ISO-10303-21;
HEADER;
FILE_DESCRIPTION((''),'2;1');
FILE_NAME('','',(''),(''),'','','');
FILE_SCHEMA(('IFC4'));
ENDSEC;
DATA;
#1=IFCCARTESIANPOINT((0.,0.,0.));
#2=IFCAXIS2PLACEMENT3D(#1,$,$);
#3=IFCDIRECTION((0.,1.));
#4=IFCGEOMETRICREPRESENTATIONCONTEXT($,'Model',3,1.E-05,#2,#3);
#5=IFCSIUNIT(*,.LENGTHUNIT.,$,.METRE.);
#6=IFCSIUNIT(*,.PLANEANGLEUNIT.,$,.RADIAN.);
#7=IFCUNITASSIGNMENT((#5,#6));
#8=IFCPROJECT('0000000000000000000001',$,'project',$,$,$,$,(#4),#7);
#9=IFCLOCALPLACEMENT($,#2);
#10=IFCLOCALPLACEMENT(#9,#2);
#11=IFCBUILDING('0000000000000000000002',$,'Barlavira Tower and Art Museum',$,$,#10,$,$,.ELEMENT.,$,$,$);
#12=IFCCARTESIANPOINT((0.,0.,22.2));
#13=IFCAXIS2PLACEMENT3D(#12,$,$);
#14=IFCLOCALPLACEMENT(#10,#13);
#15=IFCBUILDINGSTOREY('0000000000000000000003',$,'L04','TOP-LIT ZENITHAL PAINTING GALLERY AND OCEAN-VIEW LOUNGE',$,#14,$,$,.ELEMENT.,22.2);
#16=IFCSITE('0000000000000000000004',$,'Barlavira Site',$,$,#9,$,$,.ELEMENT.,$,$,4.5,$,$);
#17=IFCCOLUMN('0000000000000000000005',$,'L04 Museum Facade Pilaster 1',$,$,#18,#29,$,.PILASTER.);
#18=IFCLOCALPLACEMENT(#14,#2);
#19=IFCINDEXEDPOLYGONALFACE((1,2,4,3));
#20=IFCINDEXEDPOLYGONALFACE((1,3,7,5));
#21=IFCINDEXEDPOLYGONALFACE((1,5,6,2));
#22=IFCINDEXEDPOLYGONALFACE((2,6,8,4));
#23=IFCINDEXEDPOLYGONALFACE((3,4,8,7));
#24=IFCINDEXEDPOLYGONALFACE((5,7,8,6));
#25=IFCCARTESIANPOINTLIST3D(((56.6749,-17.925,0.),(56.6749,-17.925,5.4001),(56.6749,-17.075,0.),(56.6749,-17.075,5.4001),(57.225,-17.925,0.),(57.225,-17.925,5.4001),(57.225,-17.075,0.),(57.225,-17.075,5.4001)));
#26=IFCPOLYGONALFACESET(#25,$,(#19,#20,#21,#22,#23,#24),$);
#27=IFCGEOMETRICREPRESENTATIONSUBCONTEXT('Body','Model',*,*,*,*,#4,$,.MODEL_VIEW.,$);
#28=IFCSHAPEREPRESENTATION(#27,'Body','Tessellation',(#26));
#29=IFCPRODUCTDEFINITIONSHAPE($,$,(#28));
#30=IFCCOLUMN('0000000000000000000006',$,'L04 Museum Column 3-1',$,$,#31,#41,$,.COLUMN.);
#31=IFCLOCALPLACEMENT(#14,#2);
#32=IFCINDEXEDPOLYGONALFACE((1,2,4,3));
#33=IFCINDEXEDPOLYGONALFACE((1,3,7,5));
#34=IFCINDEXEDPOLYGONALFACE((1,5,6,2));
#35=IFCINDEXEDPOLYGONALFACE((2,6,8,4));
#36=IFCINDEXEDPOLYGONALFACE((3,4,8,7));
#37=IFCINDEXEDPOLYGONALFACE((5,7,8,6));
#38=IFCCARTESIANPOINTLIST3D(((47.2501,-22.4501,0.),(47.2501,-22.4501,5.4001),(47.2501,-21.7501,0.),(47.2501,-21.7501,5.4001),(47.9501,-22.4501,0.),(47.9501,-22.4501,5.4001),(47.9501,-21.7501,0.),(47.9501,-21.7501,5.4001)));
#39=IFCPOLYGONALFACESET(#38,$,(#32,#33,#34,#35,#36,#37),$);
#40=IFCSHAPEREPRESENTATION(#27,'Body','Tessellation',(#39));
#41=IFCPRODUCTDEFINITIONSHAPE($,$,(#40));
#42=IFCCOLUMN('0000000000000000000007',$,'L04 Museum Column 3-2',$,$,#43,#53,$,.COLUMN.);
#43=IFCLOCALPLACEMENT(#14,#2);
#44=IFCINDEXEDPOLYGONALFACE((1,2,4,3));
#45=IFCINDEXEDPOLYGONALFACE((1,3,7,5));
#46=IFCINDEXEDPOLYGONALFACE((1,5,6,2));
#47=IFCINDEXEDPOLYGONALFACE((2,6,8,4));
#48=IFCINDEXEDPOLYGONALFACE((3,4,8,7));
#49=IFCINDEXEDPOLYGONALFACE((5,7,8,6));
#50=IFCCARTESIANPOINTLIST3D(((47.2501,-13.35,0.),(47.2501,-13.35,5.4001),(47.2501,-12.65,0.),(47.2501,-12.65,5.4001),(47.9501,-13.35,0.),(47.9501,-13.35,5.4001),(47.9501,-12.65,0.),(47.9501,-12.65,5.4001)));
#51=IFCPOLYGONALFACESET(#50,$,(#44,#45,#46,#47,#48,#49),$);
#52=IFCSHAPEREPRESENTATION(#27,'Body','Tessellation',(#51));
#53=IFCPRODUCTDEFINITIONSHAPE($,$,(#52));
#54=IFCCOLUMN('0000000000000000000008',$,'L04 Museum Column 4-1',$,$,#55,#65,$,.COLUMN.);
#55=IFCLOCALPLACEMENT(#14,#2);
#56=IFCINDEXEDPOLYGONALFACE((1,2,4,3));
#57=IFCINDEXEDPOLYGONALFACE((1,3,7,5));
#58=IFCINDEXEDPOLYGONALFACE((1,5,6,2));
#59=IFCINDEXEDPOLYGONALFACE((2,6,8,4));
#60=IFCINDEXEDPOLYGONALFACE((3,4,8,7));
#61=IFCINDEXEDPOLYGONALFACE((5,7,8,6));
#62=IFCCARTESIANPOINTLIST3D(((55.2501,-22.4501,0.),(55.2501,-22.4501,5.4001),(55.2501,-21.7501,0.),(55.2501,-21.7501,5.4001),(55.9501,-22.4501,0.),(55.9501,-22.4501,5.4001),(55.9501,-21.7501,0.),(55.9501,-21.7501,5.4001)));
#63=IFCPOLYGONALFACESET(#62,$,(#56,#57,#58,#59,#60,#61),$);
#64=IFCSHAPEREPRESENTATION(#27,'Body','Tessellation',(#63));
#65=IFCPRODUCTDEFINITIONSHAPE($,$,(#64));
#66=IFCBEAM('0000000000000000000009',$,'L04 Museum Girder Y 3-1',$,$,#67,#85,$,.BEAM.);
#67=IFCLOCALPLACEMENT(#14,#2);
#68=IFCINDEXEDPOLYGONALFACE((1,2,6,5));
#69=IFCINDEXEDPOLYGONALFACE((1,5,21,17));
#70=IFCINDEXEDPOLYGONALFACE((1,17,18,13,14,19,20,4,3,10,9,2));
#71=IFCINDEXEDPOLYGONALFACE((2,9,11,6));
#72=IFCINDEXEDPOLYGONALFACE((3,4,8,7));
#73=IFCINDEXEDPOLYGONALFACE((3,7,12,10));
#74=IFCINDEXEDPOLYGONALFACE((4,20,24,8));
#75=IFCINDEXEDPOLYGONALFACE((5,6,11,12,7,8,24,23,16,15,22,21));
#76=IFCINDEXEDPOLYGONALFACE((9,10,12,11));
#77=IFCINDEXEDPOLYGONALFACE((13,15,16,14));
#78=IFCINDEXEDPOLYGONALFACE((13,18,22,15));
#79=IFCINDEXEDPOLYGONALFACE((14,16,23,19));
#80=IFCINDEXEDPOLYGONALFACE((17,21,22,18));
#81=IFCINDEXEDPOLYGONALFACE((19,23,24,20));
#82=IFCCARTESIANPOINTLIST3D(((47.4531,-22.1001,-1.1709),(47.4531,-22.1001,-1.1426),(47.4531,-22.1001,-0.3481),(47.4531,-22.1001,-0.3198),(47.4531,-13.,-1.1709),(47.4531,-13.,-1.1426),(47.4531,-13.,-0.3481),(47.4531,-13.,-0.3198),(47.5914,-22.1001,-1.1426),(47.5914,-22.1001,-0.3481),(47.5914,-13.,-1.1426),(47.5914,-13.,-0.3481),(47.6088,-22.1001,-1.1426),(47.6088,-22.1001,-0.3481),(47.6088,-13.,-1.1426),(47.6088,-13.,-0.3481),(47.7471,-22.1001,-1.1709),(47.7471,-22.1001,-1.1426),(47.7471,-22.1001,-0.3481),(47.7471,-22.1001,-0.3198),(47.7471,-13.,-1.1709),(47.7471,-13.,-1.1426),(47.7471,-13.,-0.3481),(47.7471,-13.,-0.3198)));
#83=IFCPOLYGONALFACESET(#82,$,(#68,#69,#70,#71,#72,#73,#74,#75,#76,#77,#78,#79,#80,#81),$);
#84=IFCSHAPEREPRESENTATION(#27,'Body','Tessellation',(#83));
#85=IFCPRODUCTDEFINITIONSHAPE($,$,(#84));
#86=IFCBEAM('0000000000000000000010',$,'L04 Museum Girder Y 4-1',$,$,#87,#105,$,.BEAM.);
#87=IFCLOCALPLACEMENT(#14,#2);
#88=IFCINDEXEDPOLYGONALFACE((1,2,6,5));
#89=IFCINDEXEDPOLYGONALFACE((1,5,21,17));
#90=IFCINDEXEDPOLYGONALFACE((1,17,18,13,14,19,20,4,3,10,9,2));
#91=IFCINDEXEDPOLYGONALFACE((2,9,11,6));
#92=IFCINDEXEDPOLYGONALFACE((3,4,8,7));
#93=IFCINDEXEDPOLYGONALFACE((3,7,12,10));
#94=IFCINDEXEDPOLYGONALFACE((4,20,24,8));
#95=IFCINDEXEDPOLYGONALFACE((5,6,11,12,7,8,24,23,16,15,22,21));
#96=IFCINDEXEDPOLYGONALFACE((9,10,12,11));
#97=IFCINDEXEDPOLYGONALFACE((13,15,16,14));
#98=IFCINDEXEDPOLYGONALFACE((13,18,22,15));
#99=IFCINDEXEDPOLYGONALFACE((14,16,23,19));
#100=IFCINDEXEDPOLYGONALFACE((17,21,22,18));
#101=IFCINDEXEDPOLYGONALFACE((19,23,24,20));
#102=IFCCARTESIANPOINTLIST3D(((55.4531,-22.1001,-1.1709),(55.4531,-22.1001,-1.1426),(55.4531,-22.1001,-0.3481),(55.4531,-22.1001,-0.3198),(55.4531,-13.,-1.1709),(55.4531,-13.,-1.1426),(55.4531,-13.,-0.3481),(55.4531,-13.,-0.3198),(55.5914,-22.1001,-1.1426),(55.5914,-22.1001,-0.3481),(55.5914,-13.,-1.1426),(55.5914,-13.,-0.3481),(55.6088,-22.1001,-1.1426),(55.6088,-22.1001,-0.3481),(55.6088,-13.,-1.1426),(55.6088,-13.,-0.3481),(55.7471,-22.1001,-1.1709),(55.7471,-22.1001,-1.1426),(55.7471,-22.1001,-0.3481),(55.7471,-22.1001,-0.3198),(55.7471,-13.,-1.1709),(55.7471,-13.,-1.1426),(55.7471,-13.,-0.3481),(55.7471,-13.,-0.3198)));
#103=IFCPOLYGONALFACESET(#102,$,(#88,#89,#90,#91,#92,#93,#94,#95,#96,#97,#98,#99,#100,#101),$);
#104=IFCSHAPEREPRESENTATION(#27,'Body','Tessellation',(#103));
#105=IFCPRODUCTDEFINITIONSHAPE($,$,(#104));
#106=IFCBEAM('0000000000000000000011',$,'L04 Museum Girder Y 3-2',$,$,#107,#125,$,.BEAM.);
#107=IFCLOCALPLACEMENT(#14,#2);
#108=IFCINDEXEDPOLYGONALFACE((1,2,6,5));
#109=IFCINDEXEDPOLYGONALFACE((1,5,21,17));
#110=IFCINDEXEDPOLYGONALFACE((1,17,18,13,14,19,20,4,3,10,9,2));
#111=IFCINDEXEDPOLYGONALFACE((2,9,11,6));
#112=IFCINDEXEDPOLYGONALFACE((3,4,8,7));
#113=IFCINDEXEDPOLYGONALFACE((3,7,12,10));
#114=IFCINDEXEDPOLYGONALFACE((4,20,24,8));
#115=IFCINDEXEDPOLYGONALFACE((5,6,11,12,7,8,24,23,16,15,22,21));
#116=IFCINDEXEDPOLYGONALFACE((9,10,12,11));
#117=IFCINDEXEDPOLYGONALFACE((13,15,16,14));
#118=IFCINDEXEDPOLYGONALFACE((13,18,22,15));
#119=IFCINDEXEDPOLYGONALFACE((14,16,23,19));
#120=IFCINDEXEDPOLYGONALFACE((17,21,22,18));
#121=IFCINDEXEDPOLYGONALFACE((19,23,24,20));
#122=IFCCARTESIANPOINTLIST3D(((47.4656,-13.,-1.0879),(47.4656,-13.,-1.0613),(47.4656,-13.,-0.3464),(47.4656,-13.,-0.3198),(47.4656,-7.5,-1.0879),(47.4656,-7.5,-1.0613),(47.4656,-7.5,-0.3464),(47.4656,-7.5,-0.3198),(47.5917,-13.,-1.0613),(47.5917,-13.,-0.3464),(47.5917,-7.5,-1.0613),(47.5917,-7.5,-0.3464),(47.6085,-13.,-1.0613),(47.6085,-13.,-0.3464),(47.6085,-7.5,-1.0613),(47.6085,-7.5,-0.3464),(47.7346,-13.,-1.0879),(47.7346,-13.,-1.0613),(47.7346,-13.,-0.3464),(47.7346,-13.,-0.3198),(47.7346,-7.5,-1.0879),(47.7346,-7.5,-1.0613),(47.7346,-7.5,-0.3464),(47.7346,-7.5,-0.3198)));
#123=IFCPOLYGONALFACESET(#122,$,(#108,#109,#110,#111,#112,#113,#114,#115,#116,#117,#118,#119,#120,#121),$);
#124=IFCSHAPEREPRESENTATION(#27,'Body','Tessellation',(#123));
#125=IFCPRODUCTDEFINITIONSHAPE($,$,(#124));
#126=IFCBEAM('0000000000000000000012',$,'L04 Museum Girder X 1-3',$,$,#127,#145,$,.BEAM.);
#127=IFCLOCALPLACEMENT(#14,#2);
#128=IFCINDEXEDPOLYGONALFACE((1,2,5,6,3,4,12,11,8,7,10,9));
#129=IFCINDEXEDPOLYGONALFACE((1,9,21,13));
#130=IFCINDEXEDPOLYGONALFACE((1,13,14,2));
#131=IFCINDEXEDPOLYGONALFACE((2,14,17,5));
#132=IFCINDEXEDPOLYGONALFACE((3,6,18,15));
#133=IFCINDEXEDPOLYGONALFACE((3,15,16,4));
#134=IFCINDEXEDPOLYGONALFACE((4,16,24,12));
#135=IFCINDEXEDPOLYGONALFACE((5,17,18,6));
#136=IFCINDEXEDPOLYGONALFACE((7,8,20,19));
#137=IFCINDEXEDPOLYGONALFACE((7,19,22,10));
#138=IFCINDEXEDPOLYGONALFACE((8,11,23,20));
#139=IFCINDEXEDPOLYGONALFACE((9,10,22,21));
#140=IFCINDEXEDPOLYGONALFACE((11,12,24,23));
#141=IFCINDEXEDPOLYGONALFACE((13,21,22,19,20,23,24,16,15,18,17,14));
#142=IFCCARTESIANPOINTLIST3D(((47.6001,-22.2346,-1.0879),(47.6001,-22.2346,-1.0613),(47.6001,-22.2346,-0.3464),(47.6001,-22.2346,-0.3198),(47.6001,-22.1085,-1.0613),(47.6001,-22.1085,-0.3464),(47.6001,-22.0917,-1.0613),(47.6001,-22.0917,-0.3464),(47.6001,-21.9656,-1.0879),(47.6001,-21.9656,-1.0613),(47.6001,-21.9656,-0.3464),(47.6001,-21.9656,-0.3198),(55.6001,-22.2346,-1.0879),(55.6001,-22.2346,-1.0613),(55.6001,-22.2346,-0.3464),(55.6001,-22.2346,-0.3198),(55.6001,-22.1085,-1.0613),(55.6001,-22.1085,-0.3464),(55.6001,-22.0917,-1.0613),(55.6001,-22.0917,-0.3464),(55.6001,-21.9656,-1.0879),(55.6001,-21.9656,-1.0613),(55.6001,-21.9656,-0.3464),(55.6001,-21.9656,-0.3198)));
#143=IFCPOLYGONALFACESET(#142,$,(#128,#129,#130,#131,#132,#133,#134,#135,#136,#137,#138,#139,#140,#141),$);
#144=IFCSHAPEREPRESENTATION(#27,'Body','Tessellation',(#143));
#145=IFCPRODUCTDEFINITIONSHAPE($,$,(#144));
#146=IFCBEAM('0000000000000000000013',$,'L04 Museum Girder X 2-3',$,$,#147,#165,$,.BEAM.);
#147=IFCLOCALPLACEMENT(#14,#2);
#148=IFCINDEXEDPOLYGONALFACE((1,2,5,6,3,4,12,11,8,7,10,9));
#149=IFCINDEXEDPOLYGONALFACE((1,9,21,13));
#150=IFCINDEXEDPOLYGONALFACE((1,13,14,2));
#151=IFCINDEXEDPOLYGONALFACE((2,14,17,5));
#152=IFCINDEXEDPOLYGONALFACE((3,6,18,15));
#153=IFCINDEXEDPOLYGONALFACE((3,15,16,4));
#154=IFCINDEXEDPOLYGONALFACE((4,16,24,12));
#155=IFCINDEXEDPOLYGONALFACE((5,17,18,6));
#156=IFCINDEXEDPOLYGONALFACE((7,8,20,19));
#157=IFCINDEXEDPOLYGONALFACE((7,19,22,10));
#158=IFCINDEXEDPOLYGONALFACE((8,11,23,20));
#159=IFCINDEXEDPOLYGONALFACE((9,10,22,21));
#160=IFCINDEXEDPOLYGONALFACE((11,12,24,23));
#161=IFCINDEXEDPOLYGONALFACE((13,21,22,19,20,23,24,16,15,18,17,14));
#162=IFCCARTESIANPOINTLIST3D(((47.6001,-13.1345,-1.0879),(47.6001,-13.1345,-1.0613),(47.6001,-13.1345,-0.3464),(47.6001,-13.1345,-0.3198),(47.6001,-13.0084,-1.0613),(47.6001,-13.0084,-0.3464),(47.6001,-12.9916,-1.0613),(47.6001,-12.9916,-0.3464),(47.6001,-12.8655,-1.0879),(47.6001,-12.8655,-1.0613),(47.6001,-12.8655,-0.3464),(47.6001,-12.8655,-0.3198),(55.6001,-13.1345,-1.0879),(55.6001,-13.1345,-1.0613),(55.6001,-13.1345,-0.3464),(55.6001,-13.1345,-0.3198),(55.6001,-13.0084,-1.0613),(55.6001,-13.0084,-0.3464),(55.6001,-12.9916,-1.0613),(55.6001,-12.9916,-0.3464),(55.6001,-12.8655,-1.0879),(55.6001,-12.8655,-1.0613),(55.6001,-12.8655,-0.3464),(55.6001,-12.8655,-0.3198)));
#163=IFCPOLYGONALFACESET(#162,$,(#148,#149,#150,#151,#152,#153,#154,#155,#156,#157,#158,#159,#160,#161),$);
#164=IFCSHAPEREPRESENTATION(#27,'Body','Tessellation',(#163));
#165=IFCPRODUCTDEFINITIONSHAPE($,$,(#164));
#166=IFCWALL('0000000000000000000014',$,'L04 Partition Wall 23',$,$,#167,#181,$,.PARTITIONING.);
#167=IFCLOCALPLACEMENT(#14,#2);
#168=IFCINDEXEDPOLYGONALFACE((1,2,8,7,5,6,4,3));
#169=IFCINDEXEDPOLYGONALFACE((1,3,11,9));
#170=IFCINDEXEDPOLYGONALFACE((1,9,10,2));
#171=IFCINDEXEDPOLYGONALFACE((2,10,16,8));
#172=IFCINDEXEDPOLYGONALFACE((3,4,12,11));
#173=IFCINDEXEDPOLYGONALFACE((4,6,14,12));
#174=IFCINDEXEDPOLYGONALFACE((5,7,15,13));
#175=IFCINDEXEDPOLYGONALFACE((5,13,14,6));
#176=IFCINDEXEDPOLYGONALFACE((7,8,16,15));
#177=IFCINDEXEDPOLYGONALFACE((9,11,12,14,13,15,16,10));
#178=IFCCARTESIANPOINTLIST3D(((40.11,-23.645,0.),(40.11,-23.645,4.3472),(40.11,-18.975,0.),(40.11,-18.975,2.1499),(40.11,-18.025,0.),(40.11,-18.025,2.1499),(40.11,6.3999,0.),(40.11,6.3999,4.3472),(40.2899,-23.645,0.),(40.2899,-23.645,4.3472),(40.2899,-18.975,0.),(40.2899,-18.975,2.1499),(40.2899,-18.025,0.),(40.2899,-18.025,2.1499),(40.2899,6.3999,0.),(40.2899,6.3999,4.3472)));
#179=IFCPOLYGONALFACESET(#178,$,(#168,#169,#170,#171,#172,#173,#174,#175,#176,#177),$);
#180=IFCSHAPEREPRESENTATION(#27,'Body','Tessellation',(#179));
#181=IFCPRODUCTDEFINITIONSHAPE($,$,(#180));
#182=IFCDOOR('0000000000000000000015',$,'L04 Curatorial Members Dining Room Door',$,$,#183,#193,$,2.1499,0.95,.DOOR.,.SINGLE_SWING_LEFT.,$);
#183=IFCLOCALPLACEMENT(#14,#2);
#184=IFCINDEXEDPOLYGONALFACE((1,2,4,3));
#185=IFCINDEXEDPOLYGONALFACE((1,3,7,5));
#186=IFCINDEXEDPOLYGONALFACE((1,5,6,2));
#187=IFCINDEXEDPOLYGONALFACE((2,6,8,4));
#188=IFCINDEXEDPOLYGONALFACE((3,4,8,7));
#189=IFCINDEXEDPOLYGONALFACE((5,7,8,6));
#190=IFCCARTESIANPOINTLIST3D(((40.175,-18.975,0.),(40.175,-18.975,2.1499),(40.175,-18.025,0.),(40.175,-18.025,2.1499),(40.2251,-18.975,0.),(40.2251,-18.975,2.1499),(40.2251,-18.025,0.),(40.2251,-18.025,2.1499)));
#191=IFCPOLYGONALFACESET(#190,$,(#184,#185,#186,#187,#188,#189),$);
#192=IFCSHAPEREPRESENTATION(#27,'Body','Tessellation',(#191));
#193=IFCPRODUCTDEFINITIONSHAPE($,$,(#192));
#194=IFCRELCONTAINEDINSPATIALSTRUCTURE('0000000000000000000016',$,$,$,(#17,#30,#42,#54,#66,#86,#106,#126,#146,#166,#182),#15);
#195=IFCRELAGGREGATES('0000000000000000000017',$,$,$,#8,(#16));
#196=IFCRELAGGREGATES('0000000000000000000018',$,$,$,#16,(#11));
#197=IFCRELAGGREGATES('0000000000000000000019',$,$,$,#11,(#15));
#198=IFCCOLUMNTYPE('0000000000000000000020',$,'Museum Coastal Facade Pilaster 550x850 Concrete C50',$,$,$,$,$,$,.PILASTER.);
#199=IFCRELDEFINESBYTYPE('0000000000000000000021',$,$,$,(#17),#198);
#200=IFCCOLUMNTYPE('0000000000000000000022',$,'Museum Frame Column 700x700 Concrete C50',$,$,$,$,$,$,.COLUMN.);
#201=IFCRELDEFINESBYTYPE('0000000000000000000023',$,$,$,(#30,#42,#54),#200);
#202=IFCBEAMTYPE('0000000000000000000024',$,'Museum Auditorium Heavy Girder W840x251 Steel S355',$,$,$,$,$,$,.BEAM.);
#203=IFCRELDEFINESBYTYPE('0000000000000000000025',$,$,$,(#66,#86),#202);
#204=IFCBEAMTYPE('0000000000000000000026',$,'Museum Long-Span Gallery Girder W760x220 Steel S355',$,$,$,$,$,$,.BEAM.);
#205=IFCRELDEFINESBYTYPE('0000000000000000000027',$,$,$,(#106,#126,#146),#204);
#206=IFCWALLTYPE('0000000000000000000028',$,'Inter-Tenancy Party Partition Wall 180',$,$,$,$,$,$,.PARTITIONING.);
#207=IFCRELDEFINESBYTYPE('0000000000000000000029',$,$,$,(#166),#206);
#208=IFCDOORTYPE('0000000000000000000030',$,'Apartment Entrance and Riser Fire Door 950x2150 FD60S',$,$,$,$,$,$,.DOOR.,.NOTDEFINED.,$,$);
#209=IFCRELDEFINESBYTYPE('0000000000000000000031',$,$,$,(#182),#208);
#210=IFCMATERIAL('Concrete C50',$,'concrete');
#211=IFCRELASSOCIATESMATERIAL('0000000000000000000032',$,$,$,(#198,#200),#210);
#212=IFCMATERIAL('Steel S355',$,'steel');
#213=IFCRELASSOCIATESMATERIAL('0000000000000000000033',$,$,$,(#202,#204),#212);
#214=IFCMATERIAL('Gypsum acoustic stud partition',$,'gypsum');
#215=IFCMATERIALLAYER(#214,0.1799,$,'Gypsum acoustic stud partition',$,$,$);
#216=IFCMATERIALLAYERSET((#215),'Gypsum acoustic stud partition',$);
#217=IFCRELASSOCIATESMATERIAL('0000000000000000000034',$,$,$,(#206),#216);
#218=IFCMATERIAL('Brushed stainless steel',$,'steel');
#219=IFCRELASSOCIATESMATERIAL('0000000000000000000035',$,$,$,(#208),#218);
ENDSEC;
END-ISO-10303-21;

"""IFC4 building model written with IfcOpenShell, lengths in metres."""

from ifc_helpers import new_model, si_unit, direction, frame, frame_2d, origin, origin_2d, place, context, subcontext, project, spatial, rectangle, i_section, extrude, material, layer, layer_set, material_profile, profile_set, type_object, element, fill, save


model = new_model("IFC4")

# Units and contexts
model_context = context("Model", 3, precision=1e-05, world=origin(), true_north=direction((0.0, 1.0)))
body_context = subcontext(model_context, "Body", "Model", "MODEL_VIEW")
ifc_project = project(units=[si_unit("LENGTHUNIT", "METRE"), si_unit("PLANEANGLEUNIT", "RADIAN")], contexts=[model_context])

# Site, building, storey
site_placement = place(None, origin())
site = spatial("IfcSite", under=ifc_project, at=site_placement, Name="Barlavira Site", CompositionType="ELEMENT", RefElevation=4.5)
building_placement = place(site_placement, origin())
building = spatial("IfcBuilding", under=site, at=building_placement, Name="Barlavira Tower and Art Museum", CompositionType="ELEMENT")
storey_placement = place(building_placement, frame((0.0, 0.0, 22.2)))
storey = spatial("IfcBuildingStorey", under=building, at=storey_placement, Name="L04", Description="TOP-LIT ZENITHAL PAINTING GALLERY AND OCEAN-VIEW LOUNGE", CompositionType="ELEMENT", Elevation=22.2)

# Columns
ifc_material_1 = material(Name="Concrete C50", Category="concrete")
ifc_material_profile_1 = material_profile(ifc_material_1, rectangle(XDim=0.55, YDim=0.8501, at=origin_2d()), Name="RC-PIL 550x850")
ifc_profile_set_1 = profile_set([ifc_material_profile_1], Name="Concrete C50")
column_type_1 = type_object("IfcColumnType", Name="Museum Coastal Facade Pilaster 550x850 Concrete C50", PredefinedType="PILASTER", material=ifc_profile_set_1)
column_placement = place(storey_placement, frame((56.95, -17.5, 0.0), z_axis=(0.0, 0.0, 1.0), x_axis=(1.0, 0.0, 0.0)))
element("IfcColumn", 1, at=column_placement, inside=storey, type_object=column_type_1, Name="L04 Museum Facade Pilaster 1", PredefinedType="PILASTER", context=body_context, shape_type="SweptSolid", body=[
    extrude(rectangle(XDim=0.55, YDim=0.8501, at=origin_2d()), origin(), (0.0, 0.0, 1.0), 5.4001),
])
ifc_material_profile_2 = material_profile(ifc_material_1, rectangle(XDim=0.7, YDim=0.7, at=origin_2d()), Name="RC-COL 700x700")
ifc_profile_set_2 = profile_set([ifc_material_profile_2], Name="Concrete C50")
column_type_2 = type_object("IfcColumnType", Name="Museum Frame Column 700x700 Concrete C50", PredefinedType="COLUMN", material=ifc_profile_set_2)
for number, where, z_axis, x_axis, name in (
    (2, (47.6001, -22.1001, 0.0), (0.0, 0.0, 1.0), (1.0, 0.0, 0.0), "L04 Museum Column 3-1"),
    (3, (47.6001, -13.0, 0.0), (0.0, 0.0, 1.0), (1.0, 0.0, 0.0), "L04 Museum Column 3-2"),
    (4, (55.6001, -22.1001, 0.0), (0.0, 0.0, 1.0), (1.0, 0.0, 0.0), "L04 Museum Column 4-1"),
):
    element("IfcColumn", number, at=place(storey_placement, frame(where, z_axis=z_axis, x_axis=x_axis)), inside=storey, type_object=column_type_2, Name=name, PredefinedType="COLUMN", context=body_context, shape_type="SweptSolid", body=[
        extrude(rectangle(XDim=0.7, YDim=0.7, at=origin_2d()), origin(), (0.0, 0.0, 1.0), 5.4001),
    ])

# Beams
ifc_material_2 = material(Name="Steel S355", Category="steel")
ifc_material_profile_3 = material_profile(ifc_material_2, i_section(OverallWidth=0.2939, OverallDepth=0.8511, WebThickness=0.0173, FlangeThickness=0.0283, at=origin_2d()), Name="W840x251.0")
ifc_profile_set_3 = profile_set([ifc_material_profile_3], Name="Steel S355")
beam_type_1 = type_object("IfcBeamType", Name="Museum Auditorium Heavy Girder W840x251 Steel S355", PredefinedType="BEAM", material=ifc_profile_set_3)
for number, where, z_axis, x_axis, name in (
    (5, (47.6001, -22.1001, -0.7454), (0.0, 1.0, 0.0), (-1.0, 0.0, 0.0), "L04 Museum Girder Y 3-1"),
    (6, (55.6001, -22.1001, -0.7454), (0.0, 1.0, 0.0), (-1.0, 0.0, 0.0), "L04 Museum Girder Y 4-1"),
):
    element("IfcBeam", number, at=place(storey_placement, frame(where, z_axis=z_axis, x_axis=x_axis)), inside=storey, type_object=beam_type_1, Name=name, PredefinedType="BEAM", context=body_context, shape_type="SweptSolid", body=[
        extrude(i_section(OverallWidth=0.2939, OverallDepth=0.8511, WebThickness=0.0173, FlangeThickness=0.0283, at=origin_2d()), origin(), (0.0, 0.0, 1.0), 9.1001),
    ])
ifc_material_profile_4 = material_profile(ifc_material_2, i_section(OverallWidth=0.269, OverallDepth=0.7681, WebThickness=0.0168, FlangeThickness=0.0266, at=origin_2d()), Name="W760x220.0")
ifc_profile_set_4 = profile_set([ifc_material_profile_4], Name="Steel S355")
beam_type_2 = type_object("IfcBeamType", Name="Museum Long-Span Gallery Girder W760x220 Steel S355", PredefinedType="BEAM", material=ifc_profile_set_4)
beam_placement = place(storey_placement, frame((47.6001, -13.0, -0.7039), z_axis=(0.0, 1.0, 0.0), x_axis=(-1.0, 0.0, 0.0)))
element("IfcBeam", 7, at=beam_placement, inside=storey, type_object=beam_type_2, Name="L04 Museum Girder Y 3-2", PredefinedType="BEAM", context=body_context, shape_type="SweptSolid", body=[
    extrude(i_section(OverallWidth=0.269, OverallDepth=0.7681, WebThickness=0.0168, FlangeThickness=0.0266, at=origin_2d()), origin(), (0.0, 0.0, 1.0), 5.5),
])
for number, where, z_axis, x_axis, name in (
    (8, (47.6001, -22.1001, -0.7039), (1.0, 0.0, 0.0), (0.0, 1.0, 0.0), "L04 Museum Girder X 1-3"),
    (9, (47.6001, -13.0, -0.7039), (1.0, 0.0, 0.0), (0.0, 1.0, 0.0), "L04 Museum Girder X 2-3"),
):
    element("IfcBeam", number, at=place(storey_placement, frame(where, z_axis=z_axis, x_axis=x_axis)), inside=storey, type_object=beam_type_2, Name=name, PredefinedType="BEAM", context=body_context, shape_type="SweptSolid", body=[
        extrude(i_section(OverallWidth=0.269, OverallDepth=0.7681, WebThickness=0.0168, FlangeThickness=0.0266, at=origin_2d()), origin(), (0.0, 0.0, 1.0), 8.0),
    ])

# Wall, opening, door
ifc_material_3 = material(Name="Gypsum acoustic stud partition", Category="gypsum")
ifc_layer_1 = layer(ifc_material_3, 0.1799, Name="Gypsum acoustic stud partition")
ifc_layer_set_1 = layer_set([ifc_layer_1], Name="Gypsum acoustic stud partition")
wall_type_1 = type_object("IfcWallType", Name="Inter-Tenancy Party Partition Wall 180", PredefinedType="PARTITIONING", material=ifc_layer_set_1)
wall_1_placement = place(storey_placement, frame((40.2, -23.645, 0.0), z_axis=(0.0, 0.0, 1.0), x_axis=(0.0, 1.0, 0.0)))
wall_1 = element("IfcWall", 10, at=wall_1_placement, inside=storey, type_object=wall_type_1, Name="L04 Partition Wall 23", PredefinedType="PARTITIONING", context=body_context, shape_type="SweptSolid", body=[
    extrude(rectangle(XDim=30.0449, YDim=0.1799, at=frame_2d((15.0225, 0.0))), origin(), (0.0, 0.0, 1.0), 4.3472),
])
opening_1_placement = place(wall_1_placement, frame((4.6699, 0.0, 0.0)))
opening_1 = element("IfcOpeningElement", 11, at=opening_1_placement, cuts=wall_1, PredefinedType="OPENING", context=body_context, shape_type="SweptSolid", body=[
    extrude(rectangle(XDim=0.95, YDim=2.1499, at=frame_2d((0.4751, 1.075))), frame((0.0, 0.1001, 0.0), z_axis=(0.0, -1.0, 0.0), x_axis=(1.0, 0.0, 0.0)), (0.0, 0.0, 1.0), 0.2),
])
ifc_material_4 = material(Name="Brushed stainless steel", Category="steel")
door_type = type_object("IfcDoorType", Name="Apartment Entrance and Riser Fire Door 950x2150 FD60S", OperationType="NOTDEFINED", PredefinedType="DOOR", material=ifc_material_4)
door_placement = place(opening_1_placement, origin())
door = element("IfcDoor", 12, at=door_placement, inside=storey, type_object=door_type, Name="L04 Curatorial Members Dining Room Door", OperationType="SINGLE_SWING_LEFT", OverallHeight=2.1499, OverallWidth=0.95, PredefinedType="DOOR", context=body_context, shape_type="SweptSolid", body=[
    extrude(rectangle(XDim=0.95, YDim=2.1499, at=frame_2d((0.4751, 1.075))), frame((0.0, 0.0249, 0.0), z_axis=(0.0, -1.0, 0.0), x_axis=(1.0, 0.0, 0.0)), (0.0, 0.0, 1.0), 0.05),
])
fill(opening_1, door)

save(model, "model.ifc")
